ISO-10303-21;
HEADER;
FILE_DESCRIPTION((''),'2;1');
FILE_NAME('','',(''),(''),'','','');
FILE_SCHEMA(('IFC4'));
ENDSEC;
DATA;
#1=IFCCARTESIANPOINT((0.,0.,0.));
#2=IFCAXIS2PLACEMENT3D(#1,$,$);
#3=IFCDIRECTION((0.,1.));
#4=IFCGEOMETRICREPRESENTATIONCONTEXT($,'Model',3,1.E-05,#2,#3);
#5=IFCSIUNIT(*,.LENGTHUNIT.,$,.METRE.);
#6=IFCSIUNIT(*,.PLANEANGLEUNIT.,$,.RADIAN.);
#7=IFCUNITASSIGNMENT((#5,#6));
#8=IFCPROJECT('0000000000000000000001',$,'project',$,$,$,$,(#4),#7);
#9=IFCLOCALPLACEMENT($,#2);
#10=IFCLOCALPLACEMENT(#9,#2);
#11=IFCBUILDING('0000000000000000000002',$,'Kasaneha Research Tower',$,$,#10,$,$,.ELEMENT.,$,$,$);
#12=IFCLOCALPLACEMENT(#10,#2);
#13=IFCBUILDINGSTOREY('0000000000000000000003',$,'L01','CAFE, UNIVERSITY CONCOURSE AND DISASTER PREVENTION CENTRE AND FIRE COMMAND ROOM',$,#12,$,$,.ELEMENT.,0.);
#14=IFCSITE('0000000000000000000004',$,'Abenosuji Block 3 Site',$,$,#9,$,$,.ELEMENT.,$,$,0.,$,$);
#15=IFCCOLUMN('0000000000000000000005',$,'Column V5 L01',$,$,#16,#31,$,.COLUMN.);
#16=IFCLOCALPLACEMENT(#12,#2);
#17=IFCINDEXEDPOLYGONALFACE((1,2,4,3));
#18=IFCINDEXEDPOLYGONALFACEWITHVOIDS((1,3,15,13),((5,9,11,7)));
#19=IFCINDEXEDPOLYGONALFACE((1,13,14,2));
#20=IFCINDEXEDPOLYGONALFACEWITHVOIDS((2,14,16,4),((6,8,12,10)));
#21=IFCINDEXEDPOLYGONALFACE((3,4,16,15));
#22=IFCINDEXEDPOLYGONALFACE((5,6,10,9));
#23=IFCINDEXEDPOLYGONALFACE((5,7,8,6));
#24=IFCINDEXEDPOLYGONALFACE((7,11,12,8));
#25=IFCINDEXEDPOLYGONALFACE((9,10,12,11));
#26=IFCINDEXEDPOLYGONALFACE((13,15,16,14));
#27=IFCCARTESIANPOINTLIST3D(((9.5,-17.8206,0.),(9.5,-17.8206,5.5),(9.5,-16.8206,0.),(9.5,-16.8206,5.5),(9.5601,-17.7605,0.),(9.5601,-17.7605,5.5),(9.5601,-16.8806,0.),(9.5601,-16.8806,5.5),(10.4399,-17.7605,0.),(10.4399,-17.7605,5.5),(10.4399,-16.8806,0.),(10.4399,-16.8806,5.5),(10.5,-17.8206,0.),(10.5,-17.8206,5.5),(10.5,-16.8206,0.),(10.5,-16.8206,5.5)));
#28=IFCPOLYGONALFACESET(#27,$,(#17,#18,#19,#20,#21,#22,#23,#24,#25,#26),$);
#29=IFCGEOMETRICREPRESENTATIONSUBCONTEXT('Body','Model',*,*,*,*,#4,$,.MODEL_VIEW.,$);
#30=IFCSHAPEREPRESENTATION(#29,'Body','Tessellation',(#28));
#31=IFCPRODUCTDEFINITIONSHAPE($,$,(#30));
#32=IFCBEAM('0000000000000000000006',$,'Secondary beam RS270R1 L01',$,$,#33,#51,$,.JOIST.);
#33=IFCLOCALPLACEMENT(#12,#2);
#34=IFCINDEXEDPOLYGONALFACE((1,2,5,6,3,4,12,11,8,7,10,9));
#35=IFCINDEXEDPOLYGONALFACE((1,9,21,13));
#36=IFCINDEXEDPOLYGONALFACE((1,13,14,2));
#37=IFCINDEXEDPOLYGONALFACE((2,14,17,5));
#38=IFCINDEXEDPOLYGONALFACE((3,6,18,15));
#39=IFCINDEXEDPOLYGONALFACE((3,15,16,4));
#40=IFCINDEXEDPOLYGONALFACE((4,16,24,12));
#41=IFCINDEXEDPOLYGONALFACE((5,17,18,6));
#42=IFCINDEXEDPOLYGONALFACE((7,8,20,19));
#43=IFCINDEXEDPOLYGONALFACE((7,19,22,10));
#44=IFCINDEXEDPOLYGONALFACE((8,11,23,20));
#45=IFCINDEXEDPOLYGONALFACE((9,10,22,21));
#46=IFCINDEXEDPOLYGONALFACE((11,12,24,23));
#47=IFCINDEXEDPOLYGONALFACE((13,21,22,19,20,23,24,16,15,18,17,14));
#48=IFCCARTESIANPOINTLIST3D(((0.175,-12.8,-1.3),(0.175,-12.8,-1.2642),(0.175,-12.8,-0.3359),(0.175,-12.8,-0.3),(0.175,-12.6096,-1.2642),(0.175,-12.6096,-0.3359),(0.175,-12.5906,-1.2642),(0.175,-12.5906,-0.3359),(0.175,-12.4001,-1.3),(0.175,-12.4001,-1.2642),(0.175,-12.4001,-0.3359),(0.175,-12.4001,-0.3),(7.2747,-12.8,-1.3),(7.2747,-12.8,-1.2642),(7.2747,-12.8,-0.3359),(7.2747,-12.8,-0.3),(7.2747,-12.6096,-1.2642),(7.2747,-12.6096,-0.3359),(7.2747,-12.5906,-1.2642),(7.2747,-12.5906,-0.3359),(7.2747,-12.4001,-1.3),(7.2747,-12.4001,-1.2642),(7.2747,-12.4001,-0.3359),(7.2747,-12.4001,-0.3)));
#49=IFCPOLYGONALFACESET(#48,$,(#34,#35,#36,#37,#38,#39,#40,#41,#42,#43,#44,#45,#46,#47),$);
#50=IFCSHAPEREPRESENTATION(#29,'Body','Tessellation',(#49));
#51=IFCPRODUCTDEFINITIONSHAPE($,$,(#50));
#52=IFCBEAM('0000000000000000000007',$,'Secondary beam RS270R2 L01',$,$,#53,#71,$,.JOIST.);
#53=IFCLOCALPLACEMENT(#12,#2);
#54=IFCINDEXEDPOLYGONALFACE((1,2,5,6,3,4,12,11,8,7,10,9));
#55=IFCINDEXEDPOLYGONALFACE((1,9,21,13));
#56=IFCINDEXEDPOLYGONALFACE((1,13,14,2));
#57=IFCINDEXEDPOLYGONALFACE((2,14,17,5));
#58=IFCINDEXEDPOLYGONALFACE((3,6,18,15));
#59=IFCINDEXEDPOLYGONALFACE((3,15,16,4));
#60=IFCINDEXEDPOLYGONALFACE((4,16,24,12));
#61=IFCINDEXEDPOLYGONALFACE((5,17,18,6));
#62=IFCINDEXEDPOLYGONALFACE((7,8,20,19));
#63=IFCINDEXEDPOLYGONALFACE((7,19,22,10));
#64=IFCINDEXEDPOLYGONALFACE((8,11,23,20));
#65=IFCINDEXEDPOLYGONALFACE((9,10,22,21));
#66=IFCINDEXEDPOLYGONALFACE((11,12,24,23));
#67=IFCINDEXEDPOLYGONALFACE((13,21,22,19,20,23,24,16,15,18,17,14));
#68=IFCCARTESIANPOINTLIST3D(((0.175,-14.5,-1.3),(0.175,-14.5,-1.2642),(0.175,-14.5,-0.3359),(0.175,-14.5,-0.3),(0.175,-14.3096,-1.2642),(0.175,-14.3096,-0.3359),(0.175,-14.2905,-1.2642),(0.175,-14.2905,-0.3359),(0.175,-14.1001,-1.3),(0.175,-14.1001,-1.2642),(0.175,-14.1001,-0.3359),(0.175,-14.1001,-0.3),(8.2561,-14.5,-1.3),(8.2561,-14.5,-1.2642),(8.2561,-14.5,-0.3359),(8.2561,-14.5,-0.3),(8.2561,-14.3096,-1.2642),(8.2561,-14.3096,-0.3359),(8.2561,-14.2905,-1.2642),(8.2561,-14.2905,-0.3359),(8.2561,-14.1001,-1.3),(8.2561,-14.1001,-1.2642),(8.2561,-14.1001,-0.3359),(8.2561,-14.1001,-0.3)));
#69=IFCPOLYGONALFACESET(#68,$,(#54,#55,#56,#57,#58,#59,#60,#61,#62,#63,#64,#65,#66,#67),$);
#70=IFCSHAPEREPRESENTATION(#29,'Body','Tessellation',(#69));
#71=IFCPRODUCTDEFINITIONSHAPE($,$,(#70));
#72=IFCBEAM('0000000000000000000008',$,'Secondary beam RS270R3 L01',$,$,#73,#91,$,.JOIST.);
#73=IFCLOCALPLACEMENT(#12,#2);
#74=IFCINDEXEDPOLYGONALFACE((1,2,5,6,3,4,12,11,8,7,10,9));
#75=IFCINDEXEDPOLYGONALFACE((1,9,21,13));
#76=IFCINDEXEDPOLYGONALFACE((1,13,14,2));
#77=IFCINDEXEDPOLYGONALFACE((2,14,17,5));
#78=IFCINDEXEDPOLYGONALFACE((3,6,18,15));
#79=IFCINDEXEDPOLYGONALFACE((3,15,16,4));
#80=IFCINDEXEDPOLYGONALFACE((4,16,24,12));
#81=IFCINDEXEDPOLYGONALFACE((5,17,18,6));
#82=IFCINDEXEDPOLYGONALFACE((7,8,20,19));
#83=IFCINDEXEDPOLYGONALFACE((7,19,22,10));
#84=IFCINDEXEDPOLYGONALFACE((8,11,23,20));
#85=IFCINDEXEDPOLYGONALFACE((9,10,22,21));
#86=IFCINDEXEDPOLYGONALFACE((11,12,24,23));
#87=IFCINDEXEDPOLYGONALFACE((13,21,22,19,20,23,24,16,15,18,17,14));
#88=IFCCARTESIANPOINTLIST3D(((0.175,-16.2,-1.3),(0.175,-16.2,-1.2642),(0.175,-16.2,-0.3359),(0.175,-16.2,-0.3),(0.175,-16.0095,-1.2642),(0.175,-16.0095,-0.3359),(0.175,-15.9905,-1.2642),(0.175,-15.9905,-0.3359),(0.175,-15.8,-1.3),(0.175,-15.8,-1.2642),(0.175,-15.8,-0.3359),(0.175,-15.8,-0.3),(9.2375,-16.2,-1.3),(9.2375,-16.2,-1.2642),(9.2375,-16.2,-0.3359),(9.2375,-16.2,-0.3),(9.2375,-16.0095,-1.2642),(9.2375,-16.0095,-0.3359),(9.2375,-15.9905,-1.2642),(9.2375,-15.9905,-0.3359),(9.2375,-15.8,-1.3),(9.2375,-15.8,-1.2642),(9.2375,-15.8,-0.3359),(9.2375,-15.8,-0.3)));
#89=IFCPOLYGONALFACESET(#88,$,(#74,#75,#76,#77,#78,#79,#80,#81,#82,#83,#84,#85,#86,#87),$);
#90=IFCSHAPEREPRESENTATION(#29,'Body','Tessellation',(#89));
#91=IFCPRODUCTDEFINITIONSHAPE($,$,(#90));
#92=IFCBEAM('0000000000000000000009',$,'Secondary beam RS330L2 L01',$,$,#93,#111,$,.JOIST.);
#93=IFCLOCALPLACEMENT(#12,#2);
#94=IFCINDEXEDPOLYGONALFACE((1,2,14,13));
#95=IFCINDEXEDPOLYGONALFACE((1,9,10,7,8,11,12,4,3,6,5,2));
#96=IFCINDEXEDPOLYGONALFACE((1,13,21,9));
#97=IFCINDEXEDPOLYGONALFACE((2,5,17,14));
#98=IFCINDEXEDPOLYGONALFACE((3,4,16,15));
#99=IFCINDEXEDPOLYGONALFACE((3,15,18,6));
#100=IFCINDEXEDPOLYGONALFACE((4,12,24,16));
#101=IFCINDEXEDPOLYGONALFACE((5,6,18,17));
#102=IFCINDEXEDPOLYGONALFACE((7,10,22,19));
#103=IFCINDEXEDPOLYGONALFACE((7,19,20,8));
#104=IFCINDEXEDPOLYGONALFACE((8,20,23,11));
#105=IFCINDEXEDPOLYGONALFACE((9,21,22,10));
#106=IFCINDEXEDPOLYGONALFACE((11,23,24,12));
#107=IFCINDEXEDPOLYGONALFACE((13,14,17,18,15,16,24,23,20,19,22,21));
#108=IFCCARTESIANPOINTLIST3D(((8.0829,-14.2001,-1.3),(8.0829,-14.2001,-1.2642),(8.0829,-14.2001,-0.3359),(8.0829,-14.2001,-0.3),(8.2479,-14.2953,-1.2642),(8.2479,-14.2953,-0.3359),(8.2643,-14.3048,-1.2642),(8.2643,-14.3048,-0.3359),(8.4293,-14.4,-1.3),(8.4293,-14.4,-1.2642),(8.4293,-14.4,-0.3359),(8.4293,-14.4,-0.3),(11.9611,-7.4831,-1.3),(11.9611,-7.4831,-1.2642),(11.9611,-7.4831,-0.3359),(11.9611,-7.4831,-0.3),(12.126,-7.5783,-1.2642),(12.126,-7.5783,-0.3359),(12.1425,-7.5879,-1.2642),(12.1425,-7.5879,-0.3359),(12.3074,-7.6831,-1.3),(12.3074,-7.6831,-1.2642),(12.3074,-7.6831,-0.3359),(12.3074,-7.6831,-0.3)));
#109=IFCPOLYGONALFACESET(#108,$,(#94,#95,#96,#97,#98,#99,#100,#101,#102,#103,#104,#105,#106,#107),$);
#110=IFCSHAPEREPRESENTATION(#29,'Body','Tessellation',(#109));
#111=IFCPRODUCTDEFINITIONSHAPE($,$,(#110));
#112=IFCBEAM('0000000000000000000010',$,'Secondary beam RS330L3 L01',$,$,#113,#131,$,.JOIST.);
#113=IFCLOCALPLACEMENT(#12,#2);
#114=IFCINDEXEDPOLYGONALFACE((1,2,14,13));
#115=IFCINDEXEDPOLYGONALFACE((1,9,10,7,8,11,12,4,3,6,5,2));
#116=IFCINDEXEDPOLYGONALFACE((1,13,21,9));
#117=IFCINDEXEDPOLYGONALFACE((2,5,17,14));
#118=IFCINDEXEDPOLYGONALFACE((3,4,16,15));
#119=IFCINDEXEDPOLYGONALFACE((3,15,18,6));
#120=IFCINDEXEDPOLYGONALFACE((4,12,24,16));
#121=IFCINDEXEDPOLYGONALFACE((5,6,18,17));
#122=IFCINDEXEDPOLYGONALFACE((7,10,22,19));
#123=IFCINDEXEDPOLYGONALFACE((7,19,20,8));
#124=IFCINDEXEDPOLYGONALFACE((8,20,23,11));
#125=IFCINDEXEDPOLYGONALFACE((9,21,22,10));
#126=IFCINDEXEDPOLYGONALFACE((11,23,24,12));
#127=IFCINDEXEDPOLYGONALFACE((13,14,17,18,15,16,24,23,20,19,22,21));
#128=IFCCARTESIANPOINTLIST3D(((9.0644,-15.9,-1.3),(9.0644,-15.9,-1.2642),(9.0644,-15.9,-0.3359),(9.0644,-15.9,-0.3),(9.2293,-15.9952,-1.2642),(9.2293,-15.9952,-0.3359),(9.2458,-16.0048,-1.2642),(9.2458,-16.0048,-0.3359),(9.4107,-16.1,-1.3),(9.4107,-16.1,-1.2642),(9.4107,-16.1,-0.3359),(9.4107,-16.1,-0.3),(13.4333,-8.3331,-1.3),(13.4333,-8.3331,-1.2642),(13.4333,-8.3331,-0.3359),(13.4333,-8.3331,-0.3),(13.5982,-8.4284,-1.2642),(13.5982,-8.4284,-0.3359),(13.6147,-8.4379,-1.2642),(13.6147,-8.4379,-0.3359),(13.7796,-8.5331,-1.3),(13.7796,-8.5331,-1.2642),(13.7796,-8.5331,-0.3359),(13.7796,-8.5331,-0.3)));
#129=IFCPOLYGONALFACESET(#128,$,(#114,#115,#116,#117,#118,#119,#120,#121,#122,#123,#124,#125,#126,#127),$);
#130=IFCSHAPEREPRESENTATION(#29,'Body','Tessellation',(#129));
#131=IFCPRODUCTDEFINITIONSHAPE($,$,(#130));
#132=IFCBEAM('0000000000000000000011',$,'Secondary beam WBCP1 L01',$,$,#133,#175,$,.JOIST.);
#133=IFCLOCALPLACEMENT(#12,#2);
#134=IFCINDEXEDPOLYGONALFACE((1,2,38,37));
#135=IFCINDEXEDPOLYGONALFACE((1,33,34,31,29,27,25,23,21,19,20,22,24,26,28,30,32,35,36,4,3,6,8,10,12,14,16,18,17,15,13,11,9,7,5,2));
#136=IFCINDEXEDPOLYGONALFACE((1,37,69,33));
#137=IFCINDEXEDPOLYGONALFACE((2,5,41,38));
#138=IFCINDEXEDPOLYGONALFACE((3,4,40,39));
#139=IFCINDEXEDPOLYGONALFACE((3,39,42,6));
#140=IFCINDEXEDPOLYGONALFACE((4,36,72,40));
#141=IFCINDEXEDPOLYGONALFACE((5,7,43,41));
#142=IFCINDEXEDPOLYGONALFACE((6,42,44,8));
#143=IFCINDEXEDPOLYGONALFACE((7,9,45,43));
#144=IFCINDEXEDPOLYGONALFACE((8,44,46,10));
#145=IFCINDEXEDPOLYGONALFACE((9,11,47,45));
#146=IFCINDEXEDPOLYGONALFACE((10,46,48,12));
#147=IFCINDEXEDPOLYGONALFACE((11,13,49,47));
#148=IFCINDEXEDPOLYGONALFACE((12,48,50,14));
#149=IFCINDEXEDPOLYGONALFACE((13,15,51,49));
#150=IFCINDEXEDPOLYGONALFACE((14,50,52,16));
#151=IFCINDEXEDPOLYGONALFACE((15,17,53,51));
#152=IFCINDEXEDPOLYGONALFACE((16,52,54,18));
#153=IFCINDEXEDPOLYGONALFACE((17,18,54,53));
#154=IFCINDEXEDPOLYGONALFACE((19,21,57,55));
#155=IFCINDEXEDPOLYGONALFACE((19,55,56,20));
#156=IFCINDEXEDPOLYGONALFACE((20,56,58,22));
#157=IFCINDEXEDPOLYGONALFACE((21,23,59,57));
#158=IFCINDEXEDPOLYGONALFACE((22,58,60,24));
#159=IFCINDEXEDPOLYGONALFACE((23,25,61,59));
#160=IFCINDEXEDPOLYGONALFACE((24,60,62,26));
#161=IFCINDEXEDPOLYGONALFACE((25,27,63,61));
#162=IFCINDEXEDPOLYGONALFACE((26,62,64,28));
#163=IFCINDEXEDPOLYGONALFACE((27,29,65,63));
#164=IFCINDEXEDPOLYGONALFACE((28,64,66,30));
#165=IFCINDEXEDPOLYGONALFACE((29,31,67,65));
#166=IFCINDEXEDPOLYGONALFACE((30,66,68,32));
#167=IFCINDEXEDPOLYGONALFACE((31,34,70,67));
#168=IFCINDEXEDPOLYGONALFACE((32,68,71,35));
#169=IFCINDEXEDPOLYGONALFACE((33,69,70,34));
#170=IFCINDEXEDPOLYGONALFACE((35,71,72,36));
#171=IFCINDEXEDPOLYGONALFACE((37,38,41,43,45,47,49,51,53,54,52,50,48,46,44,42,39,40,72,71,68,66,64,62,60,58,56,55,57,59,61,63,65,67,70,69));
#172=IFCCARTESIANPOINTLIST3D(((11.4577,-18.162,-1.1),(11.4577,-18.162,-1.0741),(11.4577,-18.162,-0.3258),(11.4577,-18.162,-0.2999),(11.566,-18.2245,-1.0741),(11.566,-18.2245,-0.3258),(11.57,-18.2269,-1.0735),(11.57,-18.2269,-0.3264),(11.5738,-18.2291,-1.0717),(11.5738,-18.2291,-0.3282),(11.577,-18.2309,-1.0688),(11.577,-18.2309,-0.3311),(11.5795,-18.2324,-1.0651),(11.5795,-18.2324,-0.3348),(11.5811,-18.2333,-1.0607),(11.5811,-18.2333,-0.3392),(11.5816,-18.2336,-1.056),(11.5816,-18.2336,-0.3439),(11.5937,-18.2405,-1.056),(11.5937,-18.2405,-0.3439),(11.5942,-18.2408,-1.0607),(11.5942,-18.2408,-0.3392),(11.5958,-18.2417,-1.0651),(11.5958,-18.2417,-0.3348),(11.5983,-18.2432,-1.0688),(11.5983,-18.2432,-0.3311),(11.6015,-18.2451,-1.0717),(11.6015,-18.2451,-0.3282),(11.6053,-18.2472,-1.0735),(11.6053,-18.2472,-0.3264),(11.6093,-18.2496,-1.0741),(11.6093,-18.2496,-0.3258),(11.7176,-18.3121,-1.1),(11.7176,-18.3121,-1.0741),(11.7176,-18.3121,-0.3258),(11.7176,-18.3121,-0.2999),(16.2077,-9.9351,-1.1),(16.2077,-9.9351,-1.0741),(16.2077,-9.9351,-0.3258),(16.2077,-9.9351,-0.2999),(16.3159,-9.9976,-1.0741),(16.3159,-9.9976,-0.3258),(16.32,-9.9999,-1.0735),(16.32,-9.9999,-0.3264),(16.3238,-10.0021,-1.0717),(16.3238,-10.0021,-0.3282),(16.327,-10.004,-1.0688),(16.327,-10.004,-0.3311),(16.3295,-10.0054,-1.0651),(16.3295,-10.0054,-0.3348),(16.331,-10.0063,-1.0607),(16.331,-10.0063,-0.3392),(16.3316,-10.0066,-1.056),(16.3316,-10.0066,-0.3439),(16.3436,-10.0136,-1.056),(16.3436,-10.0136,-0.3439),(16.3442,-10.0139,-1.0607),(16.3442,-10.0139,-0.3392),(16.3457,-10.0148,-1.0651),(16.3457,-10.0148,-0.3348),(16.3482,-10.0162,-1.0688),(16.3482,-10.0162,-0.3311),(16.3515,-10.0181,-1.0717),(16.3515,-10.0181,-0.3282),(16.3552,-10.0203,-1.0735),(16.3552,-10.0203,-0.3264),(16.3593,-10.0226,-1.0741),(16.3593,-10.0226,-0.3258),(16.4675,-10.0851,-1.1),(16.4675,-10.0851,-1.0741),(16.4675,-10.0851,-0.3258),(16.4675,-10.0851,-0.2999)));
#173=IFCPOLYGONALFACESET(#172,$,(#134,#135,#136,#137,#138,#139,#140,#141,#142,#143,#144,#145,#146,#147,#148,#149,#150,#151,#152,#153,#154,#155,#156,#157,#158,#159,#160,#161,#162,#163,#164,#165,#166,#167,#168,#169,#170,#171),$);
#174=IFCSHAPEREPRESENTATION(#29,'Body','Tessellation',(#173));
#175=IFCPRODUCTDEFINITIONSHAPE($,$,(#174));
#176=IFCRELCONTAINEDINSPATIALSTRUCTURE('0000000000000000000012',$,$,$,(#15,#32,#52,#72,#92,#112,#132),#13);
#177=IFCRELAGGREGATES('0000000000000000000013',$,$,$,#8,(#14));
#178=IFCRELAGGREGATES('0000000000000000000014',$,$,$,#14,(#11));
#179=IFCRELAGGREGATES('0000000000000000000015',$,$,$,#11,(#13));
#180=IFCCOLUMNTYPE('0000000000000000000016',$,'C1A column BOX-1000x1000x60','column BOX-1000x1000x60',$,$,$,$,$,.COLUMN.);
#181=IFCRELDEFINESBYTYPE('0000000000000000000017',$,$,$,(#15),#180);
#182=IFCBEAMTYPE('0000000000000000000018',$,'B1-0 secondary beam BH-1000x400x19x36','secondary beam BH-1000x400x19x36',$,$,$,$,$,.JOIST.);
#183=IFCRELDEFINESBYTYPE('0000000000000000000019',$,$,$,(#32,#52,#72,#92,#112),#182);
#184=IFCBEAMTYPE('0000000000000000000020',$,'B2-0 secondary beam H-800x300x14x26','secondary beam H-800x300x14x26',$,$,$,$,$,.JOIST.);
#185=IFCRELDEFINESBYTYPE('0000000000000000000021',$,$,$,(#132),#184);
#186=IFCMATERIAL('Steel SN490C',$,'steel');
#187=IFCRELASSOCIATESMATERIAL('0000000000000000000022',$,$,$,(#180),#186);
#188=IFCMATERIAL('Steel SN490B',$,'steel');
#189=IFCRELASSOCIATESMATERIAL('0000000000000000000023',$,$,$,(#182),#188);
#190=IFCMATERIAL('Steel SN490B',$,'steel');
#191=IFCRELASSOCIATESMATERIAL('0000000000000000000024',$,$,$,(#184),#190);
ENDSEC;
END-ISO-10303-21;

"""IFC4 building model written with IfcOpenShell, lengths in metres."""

from ifc_helpers import new_model, si_unit, direction, frame, origin, origin_2d, place, context, subcontext, project, spatial, hollow_rectangle, i_section, extrude, material, material_profile, profile_set, type_object, element, save


model = new_model("IFC4")

# Units and contexts
model_context = context("Model", 3, precision=1e-05, world=origin(), true_north=direction((0.0, 1.0)))
body_context = subcontext(model_context, "Body", "Model", "MODEL_VIEW")
ifc_project = project(units=[si_unit("LENGTHUNIT", "METRE"), si_unit("PLANEANGLEUNIT", "RADIAN")], contexts=[model_context])

# Site, building, storey
site_placement = place(None, origin())
site = spatial("IfcSite", under=ifc_project, at=site_placement, Name="Abenosuji Block 3 Site", CompositionType="ELEMENT", RefElevation=0.0)
building_placement = place(site_placement, origin())
building = spatial("IfcBuilding", under=site, at=building_placement, Name="Kasaneha Research Tower", CompositionType="ELEMENT")
storey_placement = place(building_placement, origin())
storey = spatial("IfcBuildingStorey", under=building, at=storey_placement, Name="L01", Description="CAFE, UNIVERSITY CONCOURSE AND DISASTER PREVENTION CENTRE AND FIRE COMMAND ROOM", CompositionType="ELEMENT", Elevation=0.0)

# Column
ifc_material_1 = material(Name="Steel SN490C", Category="steel")
ifc_material_profile_1 = material_profile(ifc_material_1, hollow_rectangle(XDim=1.0, YDim=1.0, WallThickness=0.0601, at=origin_2d()), Name="BOX-1000x1000x60")
ifc_profile_set_1 = profile_set([ifc_material_profile_1], Name="Steel SN490C")
column_type = type_object("IfcColumnType", Name="C1A column BOX-1000x1000x60", Description="column BOX-1000x1000x60", PredefinedType="COLUMN", material=ifc_profile_set_1)
column_placement = place(storey_placement, frame((10.0, -17.3206, 0.0), z_axis=(0.0, 0.0, 1.0), x_axis=(1.0, 0.0, 0.0)))
element("IfcColumn", 1, at=column_placement, inside=storey, type_object=column_type, Name="Column V5 L01", PredefinedType="COLUMN", context=body_context, shape_type="SweptSolid", body=[
    extrude(hollow_rectangle(XDim=1.0, YDim=1.0, WallThickness=0.0601, at=origin_2d()), origin(), (0.0, 0.0, 1.0), 5.5),
])

# Beams
ifc_material_2 = material(Name="Steel SN490B", Category="steel")
ifc_material_profile_2 = material_profile(ifc_material_2, i_section(OverallWidth=0.3999, OverallDepth=1.0, WebThickness=0.019, FlangeThickness=0.0359, at=origin_2d()), Name="BH-1000x400x19x36")
ifc_profile_set_2 = profile_set([ifc_material_profile_2], Name="Steel SN490B")
beam_type_1 = type_object("IfcBeamType", Name="B1-0 secondary beam BH-1000x400x19x36", Description="secondary beam BH-1000x400x19x36", PredefinedType="JOIST", material=ifc_profile_set_2)
beam_1_placement = place(storey_placement, frame((7.2747, -12.6001, -0.8), z_axis=(-1.0, 0.0, 0.0), x_axis=(0.0, -1.0, 0.0)))
element("IfcBeam", 2, at=beam_1_placement, inside=storey, type_object=beam_type_1, Name="Secondary beam RS270R1 L01", PredefinedType="JOIST", context=body_context, shape_type="SweptSolid", body=[
    extrude(i_section(OverallWidth=0.3999, OverallDepth=1.0, WebThickness=0.019, FlangeThickness=0.0359, at=origin_2d()), origin(), (0.0, 0.0, 1.0), 7.0996),
])
beam_2_placement = place(storey_placement, frame((8.2561, -14.3, -0.8), z_axis=(-1.0, 0.0, 0.0), x_axis=(0.0, -1.0, 0.0)))
element("IfcBeam", 3, at=beam_2_placement, inside=storey, type_object=beam_type_1, Name="Secondary beam RS270R2 L01", PredefinedType="JOIST", context=body_context, shape_type="SweptSolid", body=[
    extrude(i_section(OverallWidth=0.3999, OverallDepth=1.0, WebThickness=0.019, FlangeThickness=0.0359, at=origin_2d()), origin(), (0.0, 0.0, 1.0), 8.0811),
])
beam_3_placement = place(storey_placement, frame((9.2375, -16.0, -0.8), z_axis=(-1.0, 0.0, 0.0), x_axis=(0.0, -1.0, 0.0)))
element("IfcBeam", 4, at=beam_3_placement, inside=storey, type_object=beam_type_1, Name="Secondary beam RS270R3 L01", PredefinedType="JOIST", context=body_context, shape_type="SweptSolid", body=[
    extrude(i_section(OverallWidth=0.3999, OverallDepth=1.0, WebThickness=0.019, FlangeThickness=0.0359, at=origin_2d()), origin(), (0.0, 0.0, 1.0), 9.0625),
])
beam_4_placement = place(storey_placement, frame((8.2561, -14.3, -0.8), z_axis=(0.500009, 0.86602, 0.0), x_axis=(-0.86602, 0.500009, 0.0)))
element("IfcBeam", 5, at=beam_4_placement, inside=storey, type_object=beam_type_1, Name="Secondary beam RS330L2 L01", PredefinedType="JOIST", context=body_context, shape_type="SweptSolid", body=[
    extrude(i_section(OverallWidth=0.3999, OverallDepth=1.0, WebThickness=0.019, FlangeThickness=0.0359, at=origin_2d()), origin(), (0.0, 0.0, 1.0), 7.7561),
])
beam_5_placement = place(storey_placement, frame((9.2375, -16.0, -0.8), z_axis=(0.500013, 0.866018, 0.0), x_axis=(-0.866018, 0.500013, 0.0)))
element("IfcBeam", 6, at=beam_5_placement, inside=storey, type_object=beam_type_1, Name="Secondary beam RS330L3 L01", PredefinedType="JOIST", context=body_context, shape_type="SweptSolid", body=[
    extrude(i_section(OverallWidth=0.3999, OverallDepth=1.0, WebThickness=0.019, FlangeThickness=0.0359, at=origin_2d()), origin(), (0.0, 0.0, 1.0), 8.7375),
])
ifc_material_3 = material(Name="Steel SN490B", Category="steel")
ifc_material_profile_3 = material_profile(ifc_material_3, i_section(OverallWidth=0.3, OverallDepth=0.8, WebThickness=0.0139, FlangeThickness=0.0259, FilletRadius=0.0181, at=origin_2d()), Name="H-800x300x14x26")
ifc_profile_set_3 = profile_set([ifc_material_profile_3], Name="Steel SN490B")
beam_type_2 = type_object("IfcBeamType", Name="B2-0 secondary beam H-800x300x14x26", Description="secondary beam H-800x300x14x26", PredefinedType="JOIST", material=ifc_profile_set_3)
beam_6_placement = place(storey_placement, frame((11.5876, -18.2371, -0.7), z_axis=(0.500009, 0.86602, 0.0), x_axis=(-0.86602, 0.500009, 0.0)))
element("IfcBeam", 7, at=beam_6_placement, inside=storey, type_object=beam_type_2, Name="Secondary beam WBCP1 L01", PredefinedType="JOIST", context=body_context, shape_type="SweptSolid", body=[
    extrude(i_section(OverallWidth=0.3, OverallDepth=0.8, WebThickness=0.0139, FlangeThickness=0.0259, FilletRadius=0.0181, at=origin_2d()), origin(), (0.0, 0.0, 1.0), 9.4998),
])

save(model, "model.ifc")
